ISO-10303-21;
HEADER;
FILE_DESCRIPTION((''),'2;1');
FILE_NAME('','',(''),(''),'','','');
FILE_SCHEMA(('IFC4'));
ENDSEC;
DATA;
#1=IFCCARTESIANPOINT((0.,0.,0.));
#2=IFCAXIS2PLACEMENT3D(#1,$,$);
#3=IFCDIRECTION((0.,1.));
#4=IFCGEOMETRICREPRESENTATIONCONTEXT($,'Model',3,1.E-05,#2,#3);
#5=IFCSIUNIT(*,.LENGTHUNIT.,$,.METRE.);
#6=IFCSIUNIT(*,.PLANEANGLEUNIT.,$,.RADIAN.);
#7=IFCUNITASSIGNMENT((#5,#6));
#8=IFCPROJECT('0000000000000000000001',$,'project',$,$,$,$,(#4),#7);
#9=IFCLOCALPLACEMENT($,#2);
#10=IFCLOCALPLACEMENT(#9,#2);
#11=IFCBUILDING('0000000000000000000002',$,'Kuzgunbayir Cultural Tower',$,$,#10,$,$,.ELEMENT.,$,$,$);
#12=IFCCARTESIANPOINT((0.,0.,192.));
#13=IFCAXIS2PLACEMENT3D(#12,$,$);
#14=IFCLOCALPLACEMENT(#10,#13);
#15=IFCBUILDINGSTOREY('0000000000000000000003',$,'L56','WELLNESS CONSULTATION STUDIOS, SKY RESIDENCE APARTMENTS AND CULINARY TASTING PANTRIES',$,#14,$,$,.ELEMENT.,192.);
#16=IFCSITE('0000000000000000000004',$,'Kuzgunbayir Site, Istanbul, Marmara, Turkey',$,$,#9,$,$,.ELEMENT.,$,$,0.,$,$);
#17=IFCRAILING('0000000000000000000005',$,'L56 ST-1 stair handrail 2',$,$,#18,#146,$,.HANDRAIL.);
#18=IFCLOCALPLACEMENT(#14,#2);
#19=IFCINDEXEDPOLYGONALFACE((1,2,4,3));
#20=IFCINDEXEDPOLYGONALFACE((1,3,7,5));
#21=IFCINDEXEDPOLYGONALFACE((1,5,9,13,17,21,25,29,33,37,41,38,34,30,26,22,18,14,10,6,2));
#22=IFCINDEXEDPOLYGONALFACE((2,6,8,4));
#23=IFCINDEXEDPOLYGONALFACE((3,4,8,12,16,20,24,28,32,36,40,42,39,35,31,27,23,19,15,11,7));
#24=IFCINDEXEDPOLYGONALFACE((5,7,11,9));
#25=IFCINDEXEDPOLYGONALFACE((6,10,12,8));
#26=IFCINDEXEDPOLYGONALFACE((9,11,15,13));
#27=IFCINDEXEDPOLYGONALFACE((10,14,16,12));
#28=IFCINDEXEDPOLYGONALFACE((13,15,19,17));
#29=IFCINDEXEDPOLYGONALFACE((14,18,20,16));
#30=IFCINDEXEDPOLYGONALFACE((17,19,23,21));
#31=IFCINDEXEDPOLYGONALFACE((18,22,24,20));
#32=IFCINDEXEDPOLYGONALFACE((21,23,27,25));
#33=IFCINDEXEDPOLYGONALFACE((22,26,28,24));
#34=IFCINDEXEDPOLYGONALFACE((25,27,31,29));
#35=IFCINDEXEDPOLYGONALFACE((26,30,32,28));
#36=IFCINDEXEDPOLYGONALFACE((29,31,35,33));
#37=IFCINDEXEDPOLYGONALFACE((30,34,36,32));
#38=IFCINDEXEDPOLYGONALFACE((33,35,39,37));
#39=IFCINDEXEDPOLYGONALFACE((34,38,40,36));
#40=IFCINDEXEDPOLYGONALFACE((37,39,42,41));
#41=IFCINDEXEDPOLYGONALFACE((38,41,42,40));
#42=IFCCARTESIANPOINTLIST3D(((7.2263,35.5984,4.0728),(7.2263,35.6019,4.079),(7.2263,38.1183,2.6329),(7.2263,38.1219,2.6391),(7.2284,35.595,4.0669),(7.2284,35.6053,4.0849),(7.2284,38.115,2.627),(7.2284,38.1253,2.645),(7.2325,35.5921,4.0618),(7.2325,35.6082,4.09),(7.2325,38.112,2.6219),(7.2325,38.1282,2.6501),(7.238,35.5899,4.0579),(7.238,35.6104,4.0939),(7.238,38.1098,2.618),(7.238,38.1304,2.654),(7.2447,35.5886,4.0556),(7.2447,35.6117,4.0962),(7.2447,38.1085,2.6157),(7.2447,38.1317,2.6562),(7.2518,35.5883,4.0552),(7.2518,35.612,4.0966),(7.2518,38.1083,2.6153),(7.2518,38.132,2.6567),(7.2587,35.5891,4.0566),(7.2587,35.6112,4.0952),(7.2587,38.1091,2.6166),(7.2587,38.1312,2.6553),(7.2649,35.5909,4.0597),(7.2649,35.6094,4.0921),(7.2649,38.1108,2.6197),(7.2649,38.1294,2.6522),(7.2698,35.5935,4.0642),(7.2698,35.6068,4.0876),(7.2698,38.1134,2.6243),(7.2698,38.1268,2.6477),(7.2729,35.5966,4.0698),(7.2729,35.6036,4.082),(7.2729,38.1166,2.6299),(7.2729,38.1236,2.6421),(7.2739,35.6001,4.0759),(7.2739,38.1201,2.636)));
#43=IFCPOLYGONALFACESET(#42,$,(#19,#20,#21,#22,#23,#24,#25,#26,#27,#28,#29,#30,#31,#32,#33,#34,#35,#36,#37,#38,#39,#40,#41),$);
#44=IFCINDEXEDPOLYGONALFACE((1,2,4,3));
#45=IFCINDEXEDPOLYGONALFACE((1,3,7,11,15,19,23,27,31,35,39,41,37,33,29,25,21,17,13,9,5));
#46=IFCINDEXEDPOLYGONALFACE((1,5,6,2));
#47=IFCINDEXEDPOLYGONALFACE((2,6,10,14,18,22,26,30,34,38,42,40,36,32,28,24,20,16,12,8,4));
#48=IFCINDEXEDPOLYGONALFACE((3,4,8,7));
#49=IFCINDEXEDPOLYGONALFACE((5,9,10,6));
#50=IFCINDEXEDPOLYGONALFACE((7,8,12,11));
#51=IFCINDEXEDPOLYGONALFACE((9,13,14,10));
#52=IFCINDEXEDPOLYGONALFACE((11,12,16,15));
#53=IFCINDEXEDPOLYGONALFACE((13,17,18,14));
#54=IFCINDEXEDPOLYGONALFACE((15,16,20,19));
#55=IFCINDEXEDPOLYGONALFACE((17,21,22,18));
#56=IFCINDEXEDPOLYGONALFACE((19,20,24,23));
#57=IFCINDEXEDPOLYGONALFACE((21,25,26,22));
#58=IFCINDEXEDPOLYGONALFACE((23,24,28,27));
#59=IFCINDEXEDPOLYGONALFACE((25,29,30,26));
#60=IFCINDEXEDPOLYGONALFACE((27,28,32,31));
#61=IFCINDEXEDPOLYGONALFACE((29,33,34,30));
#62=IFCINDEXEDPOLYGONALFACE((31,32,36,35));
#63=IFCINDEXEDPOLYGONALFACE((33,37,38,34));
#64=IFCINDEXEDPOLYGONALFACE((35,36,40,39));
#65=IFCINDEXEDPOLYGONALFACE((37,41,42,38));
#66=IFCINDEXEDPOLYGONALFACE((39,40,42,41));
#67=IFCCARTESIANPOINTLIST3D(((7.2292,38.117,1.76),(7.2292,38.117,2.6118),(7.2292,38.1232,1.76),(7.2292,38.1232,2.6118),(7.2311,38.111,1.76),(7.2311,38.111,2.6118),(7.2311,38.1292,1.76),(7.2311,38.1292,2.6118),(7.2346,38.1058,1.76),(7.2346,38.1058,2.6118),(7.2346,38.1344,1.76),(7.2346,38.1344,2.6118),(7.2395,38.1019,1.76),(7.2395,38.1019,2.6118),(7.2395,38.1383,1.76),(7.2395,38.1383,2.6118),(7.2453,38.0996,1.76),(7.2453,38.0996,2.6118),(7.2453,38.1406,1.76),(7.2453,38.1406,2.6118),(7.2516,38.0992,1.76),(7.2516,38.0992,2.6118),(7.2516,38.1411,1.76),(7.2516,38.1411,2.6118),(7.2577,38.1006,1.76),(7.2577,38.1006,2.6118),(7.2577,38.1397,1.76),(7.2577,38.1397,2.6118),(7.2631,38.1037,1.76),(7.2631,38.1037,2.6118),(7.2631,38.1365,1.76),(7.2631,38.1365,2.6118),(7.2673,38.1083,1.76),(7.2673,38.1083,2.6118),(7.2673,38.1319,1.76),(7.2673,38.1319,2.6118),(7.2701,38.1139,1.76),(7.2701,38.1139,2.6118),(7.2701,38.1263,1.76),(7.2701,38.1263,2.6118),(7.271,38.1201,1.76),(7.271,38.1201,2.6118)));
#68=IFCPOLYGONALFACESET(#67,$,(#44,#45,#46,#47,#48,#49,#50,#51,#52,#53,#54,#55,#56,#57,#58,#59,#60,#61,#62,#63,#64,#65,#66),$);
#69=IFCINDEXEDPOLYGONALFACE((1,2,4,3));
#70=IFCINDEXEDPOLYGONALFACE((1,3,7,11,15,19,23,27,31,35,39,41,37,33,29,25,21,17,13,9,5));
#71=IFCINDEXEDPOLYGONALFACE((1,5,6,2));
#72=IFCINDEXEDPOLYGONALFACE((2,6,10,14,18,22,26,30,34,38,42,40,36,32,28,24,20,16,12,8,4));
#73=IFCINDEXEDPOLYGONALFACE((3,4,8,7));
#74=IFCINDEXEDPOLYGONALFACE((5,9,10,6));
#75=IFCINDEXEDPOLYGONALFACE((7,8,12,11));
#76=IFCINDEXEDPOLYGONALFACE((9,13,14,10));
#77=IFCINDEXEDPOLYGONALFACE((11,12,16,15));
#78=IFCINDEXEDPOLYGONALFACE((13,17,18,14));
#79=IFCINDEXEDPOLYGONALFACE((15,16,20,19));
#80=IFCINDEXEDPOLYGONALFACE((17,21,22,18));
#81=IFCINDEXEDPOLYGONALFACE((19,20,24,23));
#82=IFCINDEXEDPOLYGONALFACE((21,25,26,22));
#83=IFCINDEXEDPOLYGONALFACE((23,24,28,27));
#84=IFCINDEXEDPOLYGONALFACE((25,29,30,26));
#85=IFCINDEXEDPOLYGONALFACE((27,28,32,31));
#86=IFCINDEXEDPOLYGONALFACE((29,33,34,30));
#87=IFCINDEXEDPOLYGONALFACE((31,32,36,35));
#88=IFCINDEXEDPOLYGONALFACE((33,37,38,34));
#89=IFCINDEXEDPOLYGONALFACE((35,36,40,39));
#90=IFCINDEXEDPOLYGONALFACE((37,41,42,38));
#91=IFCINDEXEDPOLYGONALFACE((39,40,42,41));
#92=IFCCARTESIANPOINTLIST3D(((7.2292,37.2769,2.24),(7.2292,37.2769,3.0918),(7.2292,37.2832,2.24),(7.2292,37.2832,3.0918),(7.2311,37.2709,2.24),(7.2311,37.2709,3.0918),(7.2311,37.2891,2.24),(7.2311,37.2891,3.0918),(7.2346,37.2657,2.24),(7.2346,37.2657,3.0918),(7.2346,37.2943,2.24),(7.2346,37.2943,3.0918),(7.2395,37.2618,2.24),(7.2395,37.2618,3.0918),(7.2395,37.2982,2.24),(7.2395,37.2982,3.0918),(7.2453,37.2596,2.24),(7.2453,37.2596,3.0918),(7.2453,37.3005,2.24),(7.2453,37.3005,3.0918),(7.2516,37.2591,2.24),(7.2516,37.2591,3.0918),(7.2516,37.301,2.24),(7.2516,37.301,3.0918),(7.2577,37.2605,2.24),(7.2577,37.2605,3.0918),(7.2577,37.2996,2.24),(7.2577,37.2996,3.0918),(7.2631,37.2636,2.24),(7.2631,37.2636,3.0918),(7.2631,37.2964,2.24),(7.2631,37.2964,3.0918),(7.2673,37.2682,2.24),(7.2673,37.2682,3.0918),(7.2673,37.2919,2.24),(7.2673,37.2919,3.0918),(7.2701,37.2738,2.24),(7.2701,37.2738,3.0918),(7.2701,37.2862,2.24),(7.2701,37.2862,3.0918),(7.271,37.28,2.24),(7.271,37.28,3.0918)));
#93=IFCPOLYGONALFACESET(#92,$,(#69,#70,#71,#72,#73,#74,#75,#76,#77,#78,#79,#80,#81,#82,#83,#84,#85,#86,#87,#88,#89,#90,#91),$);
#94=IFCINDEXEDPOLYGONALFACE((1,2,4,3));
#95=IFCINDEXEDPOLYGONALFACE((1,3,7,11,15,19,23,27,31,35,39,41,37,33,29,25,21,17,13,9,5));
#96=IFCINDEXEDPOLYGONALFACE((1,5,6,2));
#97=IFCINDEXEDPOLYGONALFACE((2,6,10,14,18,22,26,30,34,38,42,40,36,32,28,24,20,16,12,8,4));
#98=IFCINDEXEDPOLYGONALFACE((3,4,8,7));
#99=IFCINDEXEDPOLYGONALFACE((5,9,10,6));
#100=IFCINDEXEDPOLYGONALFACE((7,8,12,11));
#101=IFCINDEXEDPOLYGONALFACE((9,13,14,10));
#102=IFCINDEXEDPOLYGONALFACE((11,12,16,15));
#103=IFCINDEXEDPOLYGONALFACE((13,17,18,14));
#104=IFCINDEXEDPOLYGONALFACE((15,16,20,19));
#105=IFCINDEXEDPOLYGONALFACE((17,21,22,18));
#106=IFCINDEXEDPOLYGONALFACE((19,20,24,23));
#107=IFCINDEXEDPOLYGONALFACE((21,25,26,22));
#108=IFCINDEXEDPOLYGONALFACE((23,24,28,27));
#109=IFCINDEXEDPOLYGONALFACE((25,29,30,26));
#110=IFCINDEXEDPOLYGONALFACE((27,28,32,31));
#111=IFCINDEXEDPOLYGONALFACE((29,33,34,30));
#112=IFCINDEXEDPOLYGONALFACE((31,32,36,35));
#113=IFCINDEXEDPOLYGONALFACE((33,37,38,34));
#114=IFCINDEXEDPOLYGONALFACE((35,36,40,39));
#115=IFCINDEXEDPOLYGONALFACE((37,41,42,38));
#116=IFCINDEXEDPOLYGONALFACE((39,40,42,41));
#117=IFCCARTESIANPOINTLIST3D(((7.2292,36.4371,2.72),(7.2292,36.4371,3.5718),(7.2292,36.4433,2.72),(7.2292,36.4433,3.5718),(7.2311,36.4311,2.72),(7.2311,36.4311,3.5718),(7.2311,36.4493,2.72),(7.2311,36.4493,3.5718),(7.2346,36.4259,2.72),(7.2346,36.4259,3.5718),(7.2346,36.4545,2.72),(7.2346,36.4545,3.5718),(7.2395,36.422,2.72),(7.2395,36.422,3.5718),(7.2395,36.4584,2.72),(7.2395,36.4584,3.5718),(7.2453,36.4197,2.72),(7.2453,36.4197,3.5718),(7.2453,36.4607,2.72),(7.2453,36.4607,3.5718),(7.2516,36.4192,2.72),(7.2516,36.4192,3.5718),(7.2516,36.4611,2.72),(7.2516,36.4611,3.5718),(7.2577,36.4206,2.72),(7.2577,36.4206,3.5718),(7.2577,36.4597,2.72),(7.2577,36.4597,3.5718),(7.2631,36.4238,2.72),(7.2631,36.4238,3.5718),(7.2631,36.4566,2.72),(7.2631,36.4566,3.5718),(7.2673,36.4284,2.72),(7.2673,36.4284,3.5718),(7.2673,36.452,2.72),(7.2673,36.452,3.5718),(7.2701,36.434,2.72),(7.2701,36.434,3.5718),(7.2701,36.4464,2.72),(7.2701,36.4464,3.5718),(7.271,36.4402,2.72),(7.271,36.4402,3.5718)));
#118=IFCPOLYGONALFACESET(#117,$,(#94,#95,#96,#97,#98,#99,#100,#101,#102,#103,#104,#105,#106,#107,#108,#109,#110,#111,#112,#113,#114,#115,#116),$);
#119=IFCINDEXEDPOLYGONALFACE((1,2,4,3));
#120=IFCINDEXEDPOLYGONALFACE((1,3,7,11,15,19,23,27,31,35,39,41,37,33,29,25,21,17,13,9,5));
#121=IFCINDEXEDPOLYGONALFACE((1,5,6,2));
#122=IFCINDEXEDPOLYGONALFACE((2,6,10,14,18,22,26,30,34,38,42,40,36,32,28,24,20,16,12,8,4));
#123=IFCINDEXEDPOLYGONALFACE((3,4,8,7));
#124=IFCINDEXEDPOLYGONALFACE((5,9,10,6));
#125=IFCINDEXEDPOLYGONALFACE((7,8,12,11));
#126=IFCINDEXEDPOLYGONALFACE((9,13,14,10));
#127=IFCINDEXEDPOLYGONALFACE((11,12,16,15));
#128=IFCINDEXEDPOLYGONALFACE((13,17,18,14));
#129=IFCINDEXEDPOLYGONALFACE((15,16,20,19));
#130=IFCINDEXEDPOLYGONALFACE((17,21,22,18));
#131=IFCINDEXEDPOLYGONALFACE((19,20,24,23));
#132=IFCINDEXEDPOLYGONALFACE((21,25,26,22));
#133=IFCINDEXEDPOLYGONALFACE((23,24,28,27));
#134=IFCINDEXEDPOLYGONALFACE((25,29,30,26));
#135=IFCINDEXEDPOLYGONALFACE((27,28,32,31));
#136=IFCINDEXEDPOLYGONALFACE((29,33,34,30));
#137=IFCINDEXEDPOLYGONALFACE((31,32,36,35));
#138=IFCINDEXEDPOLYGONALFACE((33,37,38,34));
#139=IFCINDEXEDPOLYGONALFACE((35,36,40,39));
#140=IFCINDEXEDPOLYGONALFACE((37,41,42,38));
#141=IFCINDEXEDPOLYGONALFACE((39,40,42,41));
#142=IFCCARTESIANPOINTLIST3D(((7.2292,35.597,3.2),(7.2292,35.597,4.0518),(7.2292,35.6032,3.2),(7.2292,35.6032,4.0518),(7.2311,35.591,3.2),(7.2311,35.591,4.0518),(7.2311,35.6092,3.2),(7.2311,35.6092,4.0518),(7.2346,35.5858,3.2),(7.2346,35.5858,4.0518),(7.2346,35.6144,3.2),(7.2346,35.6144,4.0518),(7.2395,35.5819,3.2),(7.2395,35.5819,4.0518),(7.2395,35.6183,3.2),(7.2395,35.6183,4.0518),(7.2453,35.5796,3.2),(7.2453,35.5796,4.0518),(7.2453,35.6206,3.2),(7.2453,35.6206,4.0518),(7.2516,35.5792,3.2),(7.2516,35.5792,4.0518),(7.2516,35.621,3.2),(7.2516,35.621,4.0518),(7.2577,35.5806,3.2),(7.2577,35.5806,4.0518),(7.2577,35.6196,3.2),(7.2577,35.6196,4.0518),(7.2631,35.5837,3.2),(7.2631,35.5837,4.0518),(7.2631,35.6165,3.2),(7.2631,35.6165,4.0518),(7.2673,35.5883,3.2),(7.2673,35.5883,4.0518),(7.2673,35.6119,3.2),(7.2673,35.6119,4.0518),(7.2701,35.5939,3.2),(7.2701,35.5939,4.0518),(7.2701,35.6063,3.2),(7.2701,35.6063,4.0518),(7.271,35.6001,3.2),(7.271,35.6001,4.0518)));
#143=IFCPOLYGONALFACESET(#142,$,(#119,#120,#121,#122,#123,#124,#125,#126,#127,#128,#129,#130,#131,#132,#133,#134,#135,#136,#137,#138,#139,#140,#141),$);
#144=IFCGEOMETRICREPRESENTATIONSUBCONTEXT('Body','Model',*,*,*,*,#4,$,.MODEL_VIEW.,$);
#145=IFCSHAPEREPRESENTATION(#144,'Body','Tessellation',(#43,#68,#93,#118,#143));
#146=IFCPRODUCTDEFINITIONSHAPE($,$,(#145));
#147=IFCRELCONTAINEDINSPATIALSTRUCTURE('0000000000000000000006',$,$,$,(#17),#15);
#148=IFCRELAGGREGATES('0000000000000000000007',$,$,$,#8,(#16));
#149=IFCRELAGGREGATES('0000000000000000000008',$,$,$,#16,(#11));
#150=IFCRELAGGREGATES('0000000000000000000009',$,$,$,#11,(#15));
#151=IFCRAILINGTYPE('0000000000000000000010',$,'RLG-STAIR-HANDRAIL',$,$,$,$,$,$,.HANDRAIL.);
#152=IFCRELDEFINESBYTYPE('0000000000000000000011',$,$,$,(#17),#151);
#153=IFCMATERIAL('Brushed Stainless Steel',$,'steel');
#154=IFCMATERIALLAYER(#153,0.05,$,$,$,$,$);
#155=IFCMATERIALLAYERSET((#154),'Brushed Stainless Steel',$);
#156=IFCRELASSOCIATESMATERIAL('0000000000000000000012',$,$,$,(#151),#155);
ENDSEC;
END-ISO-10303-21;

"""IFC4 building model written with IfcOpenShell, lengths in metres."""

from ifc_helpers import new_model, si_unit, direction, frame, origin, origin_2d, place, context, subcontext, project, spatial, circle, extrude, material, layer, layer_set, type_object, element, save


model = new_model("IFC4")

# Units and contexts
model_context = context("Model", 3, precision=1e-05, world=origin(), true_north=direction((0.0, 1.0)))
body_context = subcontext(model_context, "Body", "Model", "MODEL_VIEW")
ifc_project = project(units=[si_unit("LENGTHUNIT", "METRE"), si_unit("PLANEANGLEUNIT", "RADIAN")], contexts=[model_context])

# Site, building, storey
site_placement = place(None, origin())
site = spatial("IfcSite", under=ifc_project, at=site_placement, Name="Kuzgunbayir Site, Istanbul, Marmara, Turkey", CompositionType="ELEMENT", RefElevation=0.0)
building_placement = place(site_placement, origin())
building = spatial("IfcBuilding", under=site, at=building_placement, Name="Kuzgunbayir Cultural Tower", CompositionType="ELEMENT")
storey_placement = place(building_placement, frame((0.0, 0.0, 192.0)))
storey = spatial("IfcBuildingStorey", under=building, at=storey_placement, Name="L56", Description="WELLNESS CONSULTATION STUDIOS, SKY RESIDENCE APARTMENTS AND CULINARY TASTING PANTRIES", CompositionType="ELEMENT", Elevation=192.0)

# Railing
ifc_material_1 = material(Name="Brushed Stainless Steel", Category="steel")
ifc_layer_1 = layer(ifc_material_1, 0.05)
ifc_layer_set_1 = layer_set([ifc_layer_1], Name="Brushed Stainless Steel")
railing_type_1 = type_object("IfcRailingType", Name="RLG-STAIR-HANDRAIL", PredefinedType="HANDRAIL", material=ifc_layer_set_1)
railing_1_placement = place(storey_placement, frame((7.25, 38.1201, 1.76)))
element("IfcRailing", 1, at=railing_1_placement, inside=storey, type_object=railing_type_1, Name="L56 ST-1 stair handrail 2", PredefinedType="HANDRAIL", context=body_context, shape_type="SweptSolid", body=[
    extrude(circle(Radius=0.0239, at=origin_2d()), frame((0.0, 0.0, 0.876), z_axis=(0.0, -0.868253, 0.496121), x_axis=(1.0, 0.0, 0.0)), (0.0, 0.0, 1.0), 2.9023),
    extrude(circle(Radius=0.021, at=origin_2d()), origin(), (0.0, 0.0, 1.0), 0.8518),
    extrude(circle(Radius=0.021, at=origin_2d()), frame((0.0, -0.8401, 0.48)), (0.0, 0.0, 1.0), 0.8518),
    extrude(circle(Radius=0.021, at=origin_2d()), frame((0.0, -1.6799, 0.96)), (0.0, 0.0, 1.0), 0.8518),
    extrude(circle(Radius=0.021, at=origin_2d()), frame((0.0, -2.52, 1.4399)), (0.0, 0.0, 1.0), 0.8518),
])

save(model, "model.ifc")
